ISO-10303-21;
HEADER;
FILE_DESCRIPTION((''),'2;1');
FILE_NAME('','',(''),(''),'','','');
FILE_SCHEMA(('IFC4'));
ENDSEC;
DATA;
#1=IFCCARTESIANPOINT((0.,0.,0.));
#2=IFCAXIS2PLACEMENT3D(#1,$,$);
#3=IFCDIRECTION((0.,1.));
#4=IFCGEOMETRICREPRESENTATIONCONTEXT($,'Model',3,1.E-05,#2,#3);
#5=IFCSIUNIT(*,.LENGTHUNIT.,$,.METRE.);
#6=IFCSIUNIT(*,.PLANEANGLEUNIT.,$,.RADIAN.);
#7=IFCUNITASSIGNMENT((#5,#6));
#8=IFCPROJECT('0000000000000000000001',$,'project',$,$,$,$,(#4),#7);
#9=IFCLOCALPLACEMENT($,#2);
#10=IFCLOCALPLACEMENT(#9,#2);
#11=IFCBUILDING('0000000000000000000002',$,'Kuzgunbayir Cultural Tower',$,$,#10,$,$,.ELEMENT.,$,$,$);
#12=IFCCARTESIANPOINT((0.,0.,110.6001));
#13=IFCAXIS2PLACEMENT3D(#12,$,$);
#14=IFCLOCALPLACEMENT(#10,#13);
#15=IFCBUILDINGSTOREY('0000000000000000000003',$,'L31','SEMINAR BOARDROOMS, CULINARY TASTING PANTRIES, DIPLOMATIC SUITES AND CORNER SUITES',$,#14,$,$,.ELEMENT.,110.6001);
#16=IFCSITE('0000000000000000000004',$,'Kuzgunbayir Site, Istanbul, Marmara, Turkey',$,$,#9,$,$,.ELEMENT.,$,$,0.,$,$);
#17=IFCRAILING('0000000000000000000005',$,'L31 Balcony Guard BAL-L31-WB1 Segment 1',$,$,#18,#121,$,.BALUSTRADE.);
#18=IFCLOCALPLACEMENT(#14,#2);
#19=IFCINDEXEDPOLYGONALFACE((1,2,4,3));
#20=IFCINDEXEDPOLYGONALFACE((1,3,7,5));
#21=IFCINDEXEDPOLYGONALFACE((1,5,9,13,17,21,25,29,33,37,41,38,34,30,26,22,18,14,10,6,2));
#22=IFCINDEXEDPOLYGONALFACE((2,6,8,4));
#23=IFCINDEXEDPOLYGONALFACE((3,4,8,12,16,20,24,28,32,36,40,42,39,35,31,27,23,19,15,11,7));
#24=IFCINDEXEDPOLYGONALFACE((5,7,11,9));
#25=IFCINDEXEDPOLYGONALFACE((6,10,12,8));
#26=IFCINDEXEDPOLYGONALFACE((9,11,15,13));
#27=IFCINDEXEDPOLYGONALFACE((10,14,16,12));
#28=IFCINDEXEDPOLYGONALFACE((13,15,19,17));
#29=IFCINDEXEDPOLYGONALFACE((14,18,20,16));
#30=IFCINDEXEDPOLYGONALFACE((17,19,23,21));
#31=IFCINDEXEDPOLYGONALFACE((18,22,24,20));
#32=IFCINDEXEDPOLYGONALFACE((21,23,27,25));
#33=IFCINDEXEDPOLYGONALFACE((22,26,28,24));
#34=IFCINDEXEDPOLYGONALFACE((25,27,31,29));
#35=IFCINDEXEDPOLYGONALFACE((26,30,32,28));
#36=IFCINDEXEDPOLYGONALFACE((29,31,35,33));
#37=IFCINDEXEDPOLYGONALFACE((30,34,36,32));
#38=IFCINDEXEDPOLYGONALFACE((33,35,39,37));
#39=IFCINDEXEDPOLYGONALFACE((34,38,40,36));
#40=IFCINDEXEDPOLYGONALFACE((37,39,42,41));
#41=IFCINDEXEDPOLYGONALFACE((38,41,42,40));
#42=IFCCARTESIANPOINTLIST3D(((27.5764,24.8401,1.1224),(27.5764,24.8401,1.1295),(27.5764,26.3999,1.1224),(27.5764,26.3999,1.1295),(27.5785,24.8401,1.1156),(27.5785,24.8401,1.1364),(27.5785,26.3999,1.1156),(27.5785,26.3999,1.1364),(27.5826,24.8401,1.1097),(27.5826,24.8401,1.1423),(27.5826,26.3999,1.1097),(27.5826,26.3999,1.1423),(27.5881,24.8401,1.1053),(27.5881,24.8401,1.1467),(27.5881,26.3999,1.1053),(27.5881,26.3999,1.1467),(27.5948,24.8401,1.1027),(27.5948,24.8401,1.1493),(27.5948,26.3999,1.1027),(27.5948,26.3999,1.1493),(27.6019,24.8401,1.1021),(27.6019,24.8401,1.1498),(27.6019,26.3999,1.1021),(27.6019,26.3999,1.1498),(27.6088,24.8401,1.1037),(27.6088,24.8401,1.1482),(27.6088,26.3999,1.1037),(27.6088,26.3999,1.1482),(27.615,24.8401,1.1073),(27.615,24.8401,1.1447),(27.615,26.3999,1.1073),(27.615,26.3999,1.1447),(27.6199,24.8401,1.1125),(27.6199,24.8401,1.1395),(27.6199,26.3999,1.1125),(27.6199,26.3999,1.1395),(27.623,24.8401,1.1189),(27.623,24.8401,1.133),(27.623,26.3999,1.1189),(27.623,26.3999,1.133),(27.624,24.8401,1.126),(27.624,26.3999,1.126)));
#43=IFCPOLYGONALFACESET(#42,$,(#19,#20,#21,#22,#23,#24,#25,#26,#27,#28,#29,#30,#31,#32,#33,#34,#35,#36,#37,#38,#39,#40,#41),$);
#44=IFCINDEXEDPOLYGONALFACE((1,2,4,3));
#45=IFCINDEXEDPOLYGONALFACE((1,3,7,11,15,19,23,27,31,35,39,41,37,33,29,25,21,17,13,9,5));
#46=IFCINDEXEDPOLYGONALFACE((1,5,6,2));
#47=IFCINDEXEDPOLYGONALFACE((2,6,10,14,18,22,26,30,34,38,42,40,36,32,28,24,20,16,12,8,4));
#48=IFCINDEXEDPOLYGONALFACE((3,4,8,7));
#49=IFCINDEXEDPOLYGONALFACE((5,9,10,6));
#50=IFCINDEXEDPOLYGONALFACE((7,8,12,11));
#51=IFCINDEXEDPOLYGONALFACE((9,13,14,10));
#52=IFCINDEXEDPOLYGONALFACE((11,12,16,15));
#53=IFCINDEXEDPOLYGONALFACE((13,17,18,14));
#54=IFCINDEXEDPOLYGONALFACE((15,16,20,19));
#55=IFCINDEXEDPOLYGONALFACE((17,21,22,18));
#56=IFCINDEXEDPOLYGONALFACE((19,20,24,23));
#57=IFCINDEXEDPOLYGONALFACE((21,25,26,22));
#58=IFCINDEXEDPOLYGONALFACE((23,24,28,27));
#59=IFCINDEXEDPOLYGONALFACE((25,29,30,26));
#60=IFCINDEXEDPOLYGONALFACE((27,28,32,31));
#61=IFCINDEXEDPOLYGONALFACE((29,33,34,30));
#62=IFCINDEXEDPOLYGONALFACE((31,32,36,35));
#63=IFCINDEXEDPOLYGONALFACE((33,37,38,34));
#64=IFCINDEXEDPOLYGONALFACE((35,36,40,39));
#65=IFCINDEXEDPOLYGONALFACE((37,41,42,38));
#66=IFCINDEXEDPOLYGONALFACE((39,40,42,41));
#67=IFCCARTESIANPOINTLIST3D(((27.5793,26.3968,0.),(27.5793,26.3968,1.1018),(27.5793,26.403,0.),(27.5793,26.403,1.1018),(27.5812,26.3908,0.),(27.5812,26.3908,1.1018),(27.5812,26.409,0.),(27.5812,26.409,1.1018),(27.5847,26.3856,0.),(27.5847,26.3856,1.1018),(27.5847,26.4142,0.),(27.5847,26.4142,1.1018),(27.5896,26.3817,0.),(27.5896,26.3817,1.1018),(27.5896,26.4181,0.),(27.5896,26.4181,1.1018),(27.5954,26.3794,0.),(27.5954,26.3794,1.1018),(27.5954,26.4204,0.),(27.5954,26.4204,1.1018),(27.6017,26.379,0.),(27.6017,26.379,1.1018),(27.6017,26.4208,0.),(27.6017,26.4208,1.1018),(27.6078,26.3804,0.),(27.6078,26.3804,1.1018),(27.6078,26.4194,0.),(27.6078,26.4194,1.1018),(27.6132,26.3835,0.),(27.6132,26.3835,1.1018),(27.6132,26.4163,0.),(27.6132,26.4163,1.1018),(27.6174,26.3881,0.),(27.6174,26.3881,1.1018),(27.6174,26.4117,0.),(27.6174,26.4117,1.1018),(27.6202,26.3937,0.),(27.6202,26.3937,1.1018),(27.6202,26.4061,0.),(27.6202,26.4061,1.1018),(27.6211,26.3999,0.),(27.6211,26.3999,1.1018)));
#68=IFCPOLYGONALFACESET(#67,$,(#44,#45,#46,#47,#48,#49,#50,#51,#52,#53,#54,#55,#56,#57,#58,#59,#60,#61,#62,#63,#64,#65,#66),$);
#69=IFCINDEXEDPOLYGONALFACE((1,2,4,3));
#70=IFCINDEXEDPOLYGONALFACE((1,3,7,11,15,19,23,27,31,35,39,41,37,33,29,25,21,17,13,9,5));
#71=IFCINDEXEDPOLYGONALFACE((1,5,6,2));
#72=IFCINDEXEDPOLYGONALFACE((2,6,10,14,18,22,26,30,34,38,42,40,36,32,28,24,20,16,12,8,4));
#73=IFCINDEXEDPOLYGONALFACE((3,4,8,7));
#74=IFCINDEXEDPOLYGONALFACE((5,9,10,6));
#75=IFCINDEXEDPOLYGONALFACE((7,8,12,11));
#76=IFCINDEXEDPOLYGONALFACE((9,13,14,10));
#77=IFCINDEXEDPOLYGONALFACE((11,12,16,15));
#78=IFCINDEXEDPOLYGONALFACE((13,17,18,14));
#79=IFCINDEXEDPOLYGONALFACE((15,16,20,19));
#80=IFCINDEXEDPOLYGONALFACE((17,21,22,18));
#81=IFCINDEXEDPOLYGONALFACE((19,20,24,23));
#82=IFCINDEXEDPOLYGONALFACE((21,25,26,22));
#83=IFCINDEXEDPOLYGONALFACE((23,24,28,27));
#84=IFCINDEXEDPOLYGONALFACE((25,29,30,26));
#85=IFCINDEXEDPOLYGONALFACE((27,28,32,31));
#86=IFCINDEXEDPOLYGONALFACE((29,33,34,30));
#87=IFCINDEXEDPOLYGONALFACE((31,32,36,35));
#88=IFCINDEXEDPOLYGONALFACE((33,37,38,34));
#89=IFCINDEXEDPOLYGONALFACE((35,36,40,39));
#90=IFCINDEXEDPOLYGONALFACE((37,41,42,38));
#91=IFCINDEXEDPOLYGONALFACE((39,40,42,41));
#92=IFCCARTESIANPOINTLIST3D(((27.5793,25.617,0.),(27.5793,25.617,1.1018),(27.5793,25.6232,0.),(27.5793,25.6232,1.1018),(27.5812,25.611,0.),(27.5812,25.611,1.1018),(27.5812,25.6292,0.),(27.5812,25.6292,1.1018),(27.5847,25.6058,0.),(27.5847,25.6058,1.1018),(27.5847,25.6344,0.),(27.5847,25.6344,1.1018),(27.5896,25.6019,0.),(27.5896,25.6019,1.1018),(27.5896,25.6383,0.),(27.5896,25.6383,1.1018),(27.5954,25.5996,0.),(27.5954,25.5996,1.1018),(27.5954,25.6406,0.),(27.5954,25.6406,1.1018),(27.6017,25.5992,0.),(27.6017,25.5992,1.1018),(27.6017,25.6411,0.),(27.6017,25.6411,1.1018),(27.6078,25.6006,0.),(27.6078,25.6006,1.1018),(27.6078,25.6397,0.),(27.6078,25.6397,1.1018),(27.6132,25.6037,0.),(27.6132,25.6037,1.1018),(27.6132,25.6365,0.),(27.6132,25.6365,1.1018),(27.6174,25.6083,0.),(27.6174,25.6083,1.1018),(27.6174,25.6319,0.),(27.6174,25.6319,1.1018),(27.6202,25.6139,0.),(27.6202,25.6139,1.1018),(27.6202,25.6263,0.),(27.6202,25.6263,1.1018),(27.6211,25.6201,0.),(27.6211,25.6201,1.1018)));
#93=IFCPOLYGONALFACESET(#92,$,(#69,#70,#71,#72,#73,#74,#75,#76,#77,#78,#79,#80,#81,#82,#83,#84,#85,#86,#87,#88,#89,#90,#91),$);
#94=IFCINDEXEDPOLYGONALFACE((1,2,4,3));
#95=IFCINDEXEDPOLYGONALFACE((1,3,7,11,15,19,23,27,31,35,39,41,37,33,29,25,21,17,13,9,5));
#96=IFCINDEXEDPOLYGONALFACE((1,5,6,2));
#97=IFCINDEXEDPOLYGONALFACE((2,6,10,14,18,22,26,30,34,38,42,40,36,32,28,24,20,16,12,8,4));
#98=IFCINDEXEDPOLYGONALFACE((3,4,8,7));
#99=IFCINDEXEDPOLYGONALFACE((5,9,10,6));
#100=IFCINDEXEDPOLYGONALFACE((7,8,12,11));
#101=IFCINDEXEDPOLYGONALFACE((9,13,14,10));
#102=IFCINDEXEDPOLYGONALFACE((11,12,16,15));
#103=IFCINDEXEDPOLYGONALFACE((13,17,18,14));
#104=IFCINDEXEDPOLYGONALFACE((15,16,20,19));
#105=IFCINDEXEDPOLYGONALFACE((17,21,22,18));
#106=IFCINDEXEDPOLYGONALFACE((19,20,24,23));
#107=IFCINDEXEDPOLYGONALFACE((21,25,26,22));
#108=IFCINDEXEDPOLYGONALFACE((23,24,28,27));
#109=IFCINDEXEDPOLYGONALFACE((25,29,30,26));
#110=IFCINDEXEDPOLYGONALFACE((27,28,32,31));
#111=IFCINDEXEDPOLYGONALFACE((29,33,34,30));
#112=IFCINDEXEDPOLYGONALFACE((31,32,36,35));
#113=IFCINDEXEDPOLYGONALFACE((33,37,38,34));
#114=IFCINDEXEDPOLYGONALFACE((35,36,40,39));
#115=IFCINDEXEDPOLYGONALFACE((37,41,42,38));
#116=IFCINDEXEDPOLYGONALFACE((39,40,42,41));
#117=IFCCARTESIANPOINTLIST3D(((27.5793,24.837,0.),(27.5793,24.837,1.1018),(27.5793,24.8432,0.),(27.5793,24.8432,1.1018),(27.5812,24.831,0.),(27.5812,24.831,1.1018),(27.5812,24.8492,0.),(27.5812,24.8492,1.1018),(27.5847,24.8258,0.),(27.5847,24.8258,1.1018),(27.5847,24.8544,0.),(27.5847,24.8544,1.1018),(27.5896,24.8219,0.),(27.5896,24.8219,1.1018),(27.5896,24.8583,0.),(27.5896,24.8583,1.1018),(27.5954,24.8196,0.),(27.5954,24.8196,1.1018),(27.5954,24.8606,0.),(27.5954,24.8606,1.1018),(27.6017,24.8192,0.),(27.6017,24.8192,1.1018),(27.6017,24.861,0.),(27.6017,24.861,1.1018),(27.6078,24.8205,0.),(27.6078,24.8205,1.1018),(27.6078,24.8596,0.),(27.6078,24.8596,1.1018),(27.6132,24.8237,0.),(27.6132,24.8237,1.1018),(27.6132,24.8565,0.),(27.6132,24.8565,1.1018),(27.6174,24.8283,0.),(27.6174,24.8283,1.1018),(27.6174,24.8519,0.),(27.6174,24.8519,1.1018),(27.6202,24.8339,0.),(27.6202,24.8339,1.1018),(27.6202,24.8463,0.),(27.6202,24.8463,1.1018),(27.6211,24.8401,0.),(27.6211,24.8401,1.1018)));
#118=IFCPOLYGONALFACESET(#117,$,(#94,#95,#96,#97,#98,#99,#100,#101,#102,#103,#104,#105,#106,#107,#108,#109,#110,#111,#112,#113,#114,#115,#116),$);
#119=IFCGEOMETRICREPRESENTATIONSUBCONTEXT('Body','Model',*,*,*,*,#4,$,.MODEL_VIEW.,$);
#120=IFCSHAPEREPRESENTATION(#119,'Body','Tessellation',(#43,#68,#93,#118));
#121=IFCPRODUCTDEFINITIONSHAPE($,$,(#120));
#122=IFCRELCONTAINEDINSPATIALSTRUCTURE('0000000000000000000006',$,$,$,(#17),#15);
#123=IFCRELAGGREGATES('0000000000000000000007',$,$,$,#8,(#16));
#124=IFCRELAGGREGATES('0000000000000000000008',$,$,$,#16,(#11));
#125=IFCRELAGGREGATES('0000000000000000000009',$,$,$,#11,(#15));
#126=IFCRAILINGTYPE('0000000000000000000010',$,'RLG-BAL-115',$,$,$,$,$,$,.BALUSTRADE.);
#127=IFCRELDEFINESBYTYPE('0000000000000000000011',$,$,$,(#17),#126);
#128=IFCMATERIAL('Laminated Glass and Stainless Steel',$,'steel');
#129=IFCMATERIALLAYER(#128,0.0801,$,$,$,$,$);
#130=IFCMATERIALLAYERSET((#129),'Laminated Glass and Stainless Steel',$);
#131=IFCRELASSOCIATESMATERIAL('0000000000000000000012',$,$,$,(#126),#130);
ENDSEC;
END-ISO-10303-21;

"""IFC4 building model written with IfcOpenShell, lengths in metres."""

from ifc_helpers import new_model, si_unit, direction, frame, origin, origin_2d, place, context, subcontext, project, spatial, circle, extrude, material, layer, layer_set, type_object, element, save


model = new_model("IFC4")

# Units and contexts
model_context = context("Model", 3, precision=1e-05, world=origin(), true_north=direction((0.0, 1.0)))
body_context = subcontext(model_context, "Body", "Model", "MODEL_VIEW")
ifc_project = project(units=[si_unit("LENGTHUNIT", "METRE"), si_unit("PLANEANGLEUNIT", "RADIAN")], contexts=[model_context])

# Site, building, storey
site_placement = place(None, origin())
site = spatial("IfcSite", under=ifc_project, at=site_placement, Name="Kuzgunbayir Site, Istanbul, Marmara, Turkey", CompositionType="ELEMENT", RefElevation=0.0)
building_placement = place(site_placement, origin())
building = spatial("IfcBuilding", under=site, at=building_placement, Name="Kuzgunbayir Cultural Tower", CompositionType="ELEMENT")
storey_placement = place(building_placement, frame((0.0, 0.0, 110.6001)))
storey = spatial("IfcBuildingStorey", under=building, at=storey_placement, Name="L31", Description="SEMINAR BOARDROOMS, CULINARY TASTING PANTRIES, DIPLOMATIC SUITES AND CORNER SUITES", CompositionType="ELEMENT", Elevation=110.6001)

# Railing
ifc_material_1 = material(Name="Laminated Glass and Stainless Steel", Category="steel")
ifc_layer_1 = layer(ifc_material_1, 0.0801)
ifc_layer_set_1 = layer_set([ifc_layer_1], Name="Laminated Glass and Stainless Steel")
railing_type = type_object("IfcRailingType", Name="RLG-BAL-115", PredefinedType="BALUSTRADE", material=ifc_layer_set_1)
railing_1_placement = place(storey_placement, frame((27.6001, 26.3999, 0.0)))
element("IfcRailing", 1, at=railing_1_placement, inside=storey, type_object=railing_type, Name="L31 Balcony Guard BAL-L31-WB1 Segment 1", PredefinedType="BALUSTRADE", context=body_context, shape_type="SweptSolid", body=[
    extrude(circle(Radius=0.0239, at=origin_2d()), frame((0.0, 0.0, 1.126), z_axis=(0.0, -1.0, 0.0), x_axis=(1.0, 0.0, 0.0)), (0.0, 0.0, 1.0), 1.5598),
    extrude(circle(Radius=0.021, at=origin_2d()), origin(), (0.0, 0.0, 1.0), 1.1018),
    extrude(circle(Radius=0.021, at=origin_2d()), frame((0.0, -0.7798, 0.0)), (0.0, 0.0, 1.0), 1.1018),
    extrude(circle(Radius=0.021, at=origin_2d()), frame((0.0, -1.5598, 0.0)), (0.0, 0.0, 1.0), 1.1018),
])

save(model, "model.ifc")
